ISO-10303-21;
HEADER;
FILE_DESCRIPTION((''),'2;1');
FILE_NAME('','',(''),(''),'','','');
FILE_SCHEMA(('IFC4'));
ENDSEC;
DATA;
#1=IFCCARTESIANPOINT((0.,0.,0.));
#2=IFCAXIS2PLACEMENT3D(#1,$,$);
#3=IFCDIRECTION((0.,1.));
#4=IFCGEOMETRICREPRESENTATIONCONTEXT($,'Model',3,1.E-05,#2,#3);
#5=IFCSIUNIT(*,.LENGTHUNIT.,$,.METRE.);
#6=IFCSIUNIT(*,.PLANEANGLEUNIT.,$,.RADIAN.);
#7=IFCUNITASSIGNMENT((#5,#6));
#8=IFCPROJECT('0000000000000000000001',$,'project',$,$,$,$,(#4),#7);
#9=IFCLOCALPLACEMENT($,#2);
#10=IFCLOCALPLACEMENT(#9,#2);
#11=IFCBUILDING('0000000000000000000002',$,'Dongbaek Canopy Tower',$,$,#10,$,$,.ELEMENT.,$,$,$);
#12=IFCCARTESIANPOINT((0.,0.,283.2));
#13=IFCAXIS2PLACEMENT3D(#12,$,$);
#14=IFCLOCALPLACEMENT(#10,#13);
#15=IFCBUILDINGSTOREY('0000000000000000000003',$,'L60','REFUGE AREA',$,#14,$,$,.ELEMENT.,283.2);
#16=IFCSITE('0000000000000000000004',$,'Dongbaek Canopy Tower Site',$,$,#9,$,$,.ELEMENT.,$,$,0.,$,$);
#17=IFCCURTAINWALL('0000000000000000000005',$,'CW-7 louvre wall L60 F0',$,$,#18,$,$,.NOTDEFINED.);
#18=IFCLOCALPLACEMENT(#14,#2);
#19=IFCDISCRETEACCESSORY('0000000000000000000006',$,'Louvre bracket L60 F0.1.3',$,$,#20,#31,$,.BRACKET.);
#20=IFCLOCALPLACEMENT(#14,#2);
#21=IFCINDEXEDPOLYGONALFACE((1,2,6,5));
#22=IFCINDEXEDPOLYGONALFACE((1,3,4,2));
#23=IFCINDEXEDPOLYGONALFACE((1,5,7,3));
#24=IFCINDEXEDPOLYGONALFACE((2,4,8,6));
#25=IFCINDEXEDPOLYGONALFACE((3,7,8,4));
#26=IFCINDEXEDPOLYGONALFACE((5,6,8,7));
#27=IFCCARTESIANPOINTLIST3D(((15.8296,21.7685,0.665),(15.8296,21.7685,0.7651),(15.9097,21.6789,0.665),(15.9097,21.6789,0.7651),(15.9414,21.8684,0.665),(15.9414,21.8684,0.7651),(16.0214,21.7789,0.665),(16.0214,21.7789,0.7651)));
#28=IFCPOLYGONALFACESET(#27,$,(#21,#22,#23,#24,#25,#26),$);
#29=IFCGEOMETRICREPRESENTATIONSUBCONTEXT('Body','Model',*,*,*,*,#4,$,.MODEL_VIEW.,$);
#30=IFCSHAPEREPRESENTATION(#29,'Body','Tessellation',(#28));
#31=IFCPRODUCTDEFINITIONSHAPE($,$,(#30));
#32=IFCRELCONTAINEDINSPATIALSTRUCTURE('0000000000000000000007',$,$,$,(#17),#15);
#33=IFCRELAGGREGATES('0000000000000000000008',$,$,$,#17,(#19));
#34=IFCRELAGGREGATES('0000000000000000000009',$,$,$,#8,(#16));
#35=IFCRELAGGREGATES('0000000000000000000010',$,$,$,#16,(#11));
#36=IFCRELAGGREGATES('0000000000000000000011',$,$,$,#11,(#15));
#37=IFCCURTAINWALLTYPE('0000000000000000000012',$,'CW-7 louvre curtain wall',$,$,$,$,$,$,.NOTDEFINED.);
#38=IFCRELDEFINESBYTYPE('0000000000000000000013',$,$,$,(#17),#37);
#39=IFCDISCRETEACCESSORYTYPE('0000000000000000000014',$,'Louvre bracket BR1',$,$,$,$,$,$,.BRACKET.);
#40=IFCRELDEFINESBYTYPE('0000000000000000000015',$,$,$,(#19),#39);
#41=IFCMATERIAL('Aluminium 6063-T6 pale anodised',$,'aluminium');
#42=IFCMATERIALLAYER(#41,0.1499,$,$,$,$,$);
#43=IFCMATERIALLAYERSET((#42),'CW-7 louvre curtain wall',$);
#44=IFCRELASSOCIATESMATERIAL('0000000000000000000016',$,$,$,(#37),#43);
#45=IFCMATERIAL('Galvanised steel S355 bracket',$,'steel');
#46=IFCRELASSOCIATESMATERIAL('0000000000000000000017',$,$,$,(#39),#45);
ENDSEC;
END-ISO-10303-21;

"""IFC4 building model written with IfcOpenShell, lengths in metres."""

from ifc_helpers import new_model, si_unit, direction, frame, origin, origin_2d, place, context, subcontext, project, spatial, rectangle, extrude, material, layer, layer_set, type_object, element, aggregate, save


model = new_model("IFC4")

# Units and contexts
model_context = context("Model", 3, precision=1e-05, world=origin(), true_north=direction((0.0, 1.0)))
body_context = subcontext(model_context, "Body", "Model", "MODEL_VIEW")
ifc_project = project(units=[si_unit("LENGTHUNIT", "METRE"), si_unit("PLANEANGLEUNIT", "RADIAN")], contexts=[model_context])

# Site, building, storey
site_placement = place(None, origin())
site = spatial("IfcSite", under=ifc_project, at=site_placement, Name="Dongbaek Canopy Tower Site", CompositionType="ELEMENT", RefElevation=0.0)
building_placement = place(site_placement, origin())
building = spatial("IfcBuilding", under=site, at=building_placement, Name="Dongbaek Canopy Tower", CompositionType="ELEMENT")
storey_placement = place(building_placement, frame((0.0, 0.0, 283.2)))
storey = spatial("IfcBuildingStorey", under=building, at=storey_placement, Name="L60", Description="REFUGE AREA", CompositionType="ELEMENT", Elevation=283.2)

# Curtain wall
ifc_material_1 = material(Name="Aluminium 6063-T6 pale anodised", Category="aluminium")
ifc_layer_1 = layer(ifc_material_1, 0.1499)
ifc_layer_set_1 = layer_set([ifc_layer_1], Name="CW-7 louvre curtain wall")
curtain_wall_type = type_object("IfcCurtainWallType", Name="CW-7 louvre curtain wall", PredefinedType="NOTDEFINED", material=ifc_layer_set_1)
curtain_wall_placement = place(storey_placement, origin())
curtain_wall = element("IfcCurtainWall", 1, at=curtain_wall_placement, inside=storey, type_object=curtain_wall_type, Name="CW-7 louvre wall L60 F0", PredefinedType="NOTDEFINED")

# Discrete accessory
ifc_material_2 = material(Name="Galvanised steel S355 bracket", Category="steel")
discrete_accessory_type_1 = type_object("IfcDiscreteAccessoryType", Name="Louvre bracket BR1", PredefinedType="BRACKET", material=ifc_material_2)
discrete_accessory_placement = place(storey_placement, frame((15.9255, 21.7737, 0.665), z_axis=(0.0, 0.0, 1.0), x_axis=(-0.666674, 0.745349, 0.0)))
discrete_accessory = element("IfcDiscreteAccessory", 2, at=discrete_accessory_placement, type_object=discrete_accessory_type_1, Name="Louvre bracket L60 F0.1.3", PredefinedType="BRACKET", context=body_context, shape_type="SweptSolid", body=[
    extrude(rectangle(XDim=0.1201, YDim=0.1499, at=origin_2d()), origin(), (0.0, 0.0, 1.0), 0.1001),
])
aggregate(curtain_wall, [discrete_accessory])

save(model, "model.ifc")
